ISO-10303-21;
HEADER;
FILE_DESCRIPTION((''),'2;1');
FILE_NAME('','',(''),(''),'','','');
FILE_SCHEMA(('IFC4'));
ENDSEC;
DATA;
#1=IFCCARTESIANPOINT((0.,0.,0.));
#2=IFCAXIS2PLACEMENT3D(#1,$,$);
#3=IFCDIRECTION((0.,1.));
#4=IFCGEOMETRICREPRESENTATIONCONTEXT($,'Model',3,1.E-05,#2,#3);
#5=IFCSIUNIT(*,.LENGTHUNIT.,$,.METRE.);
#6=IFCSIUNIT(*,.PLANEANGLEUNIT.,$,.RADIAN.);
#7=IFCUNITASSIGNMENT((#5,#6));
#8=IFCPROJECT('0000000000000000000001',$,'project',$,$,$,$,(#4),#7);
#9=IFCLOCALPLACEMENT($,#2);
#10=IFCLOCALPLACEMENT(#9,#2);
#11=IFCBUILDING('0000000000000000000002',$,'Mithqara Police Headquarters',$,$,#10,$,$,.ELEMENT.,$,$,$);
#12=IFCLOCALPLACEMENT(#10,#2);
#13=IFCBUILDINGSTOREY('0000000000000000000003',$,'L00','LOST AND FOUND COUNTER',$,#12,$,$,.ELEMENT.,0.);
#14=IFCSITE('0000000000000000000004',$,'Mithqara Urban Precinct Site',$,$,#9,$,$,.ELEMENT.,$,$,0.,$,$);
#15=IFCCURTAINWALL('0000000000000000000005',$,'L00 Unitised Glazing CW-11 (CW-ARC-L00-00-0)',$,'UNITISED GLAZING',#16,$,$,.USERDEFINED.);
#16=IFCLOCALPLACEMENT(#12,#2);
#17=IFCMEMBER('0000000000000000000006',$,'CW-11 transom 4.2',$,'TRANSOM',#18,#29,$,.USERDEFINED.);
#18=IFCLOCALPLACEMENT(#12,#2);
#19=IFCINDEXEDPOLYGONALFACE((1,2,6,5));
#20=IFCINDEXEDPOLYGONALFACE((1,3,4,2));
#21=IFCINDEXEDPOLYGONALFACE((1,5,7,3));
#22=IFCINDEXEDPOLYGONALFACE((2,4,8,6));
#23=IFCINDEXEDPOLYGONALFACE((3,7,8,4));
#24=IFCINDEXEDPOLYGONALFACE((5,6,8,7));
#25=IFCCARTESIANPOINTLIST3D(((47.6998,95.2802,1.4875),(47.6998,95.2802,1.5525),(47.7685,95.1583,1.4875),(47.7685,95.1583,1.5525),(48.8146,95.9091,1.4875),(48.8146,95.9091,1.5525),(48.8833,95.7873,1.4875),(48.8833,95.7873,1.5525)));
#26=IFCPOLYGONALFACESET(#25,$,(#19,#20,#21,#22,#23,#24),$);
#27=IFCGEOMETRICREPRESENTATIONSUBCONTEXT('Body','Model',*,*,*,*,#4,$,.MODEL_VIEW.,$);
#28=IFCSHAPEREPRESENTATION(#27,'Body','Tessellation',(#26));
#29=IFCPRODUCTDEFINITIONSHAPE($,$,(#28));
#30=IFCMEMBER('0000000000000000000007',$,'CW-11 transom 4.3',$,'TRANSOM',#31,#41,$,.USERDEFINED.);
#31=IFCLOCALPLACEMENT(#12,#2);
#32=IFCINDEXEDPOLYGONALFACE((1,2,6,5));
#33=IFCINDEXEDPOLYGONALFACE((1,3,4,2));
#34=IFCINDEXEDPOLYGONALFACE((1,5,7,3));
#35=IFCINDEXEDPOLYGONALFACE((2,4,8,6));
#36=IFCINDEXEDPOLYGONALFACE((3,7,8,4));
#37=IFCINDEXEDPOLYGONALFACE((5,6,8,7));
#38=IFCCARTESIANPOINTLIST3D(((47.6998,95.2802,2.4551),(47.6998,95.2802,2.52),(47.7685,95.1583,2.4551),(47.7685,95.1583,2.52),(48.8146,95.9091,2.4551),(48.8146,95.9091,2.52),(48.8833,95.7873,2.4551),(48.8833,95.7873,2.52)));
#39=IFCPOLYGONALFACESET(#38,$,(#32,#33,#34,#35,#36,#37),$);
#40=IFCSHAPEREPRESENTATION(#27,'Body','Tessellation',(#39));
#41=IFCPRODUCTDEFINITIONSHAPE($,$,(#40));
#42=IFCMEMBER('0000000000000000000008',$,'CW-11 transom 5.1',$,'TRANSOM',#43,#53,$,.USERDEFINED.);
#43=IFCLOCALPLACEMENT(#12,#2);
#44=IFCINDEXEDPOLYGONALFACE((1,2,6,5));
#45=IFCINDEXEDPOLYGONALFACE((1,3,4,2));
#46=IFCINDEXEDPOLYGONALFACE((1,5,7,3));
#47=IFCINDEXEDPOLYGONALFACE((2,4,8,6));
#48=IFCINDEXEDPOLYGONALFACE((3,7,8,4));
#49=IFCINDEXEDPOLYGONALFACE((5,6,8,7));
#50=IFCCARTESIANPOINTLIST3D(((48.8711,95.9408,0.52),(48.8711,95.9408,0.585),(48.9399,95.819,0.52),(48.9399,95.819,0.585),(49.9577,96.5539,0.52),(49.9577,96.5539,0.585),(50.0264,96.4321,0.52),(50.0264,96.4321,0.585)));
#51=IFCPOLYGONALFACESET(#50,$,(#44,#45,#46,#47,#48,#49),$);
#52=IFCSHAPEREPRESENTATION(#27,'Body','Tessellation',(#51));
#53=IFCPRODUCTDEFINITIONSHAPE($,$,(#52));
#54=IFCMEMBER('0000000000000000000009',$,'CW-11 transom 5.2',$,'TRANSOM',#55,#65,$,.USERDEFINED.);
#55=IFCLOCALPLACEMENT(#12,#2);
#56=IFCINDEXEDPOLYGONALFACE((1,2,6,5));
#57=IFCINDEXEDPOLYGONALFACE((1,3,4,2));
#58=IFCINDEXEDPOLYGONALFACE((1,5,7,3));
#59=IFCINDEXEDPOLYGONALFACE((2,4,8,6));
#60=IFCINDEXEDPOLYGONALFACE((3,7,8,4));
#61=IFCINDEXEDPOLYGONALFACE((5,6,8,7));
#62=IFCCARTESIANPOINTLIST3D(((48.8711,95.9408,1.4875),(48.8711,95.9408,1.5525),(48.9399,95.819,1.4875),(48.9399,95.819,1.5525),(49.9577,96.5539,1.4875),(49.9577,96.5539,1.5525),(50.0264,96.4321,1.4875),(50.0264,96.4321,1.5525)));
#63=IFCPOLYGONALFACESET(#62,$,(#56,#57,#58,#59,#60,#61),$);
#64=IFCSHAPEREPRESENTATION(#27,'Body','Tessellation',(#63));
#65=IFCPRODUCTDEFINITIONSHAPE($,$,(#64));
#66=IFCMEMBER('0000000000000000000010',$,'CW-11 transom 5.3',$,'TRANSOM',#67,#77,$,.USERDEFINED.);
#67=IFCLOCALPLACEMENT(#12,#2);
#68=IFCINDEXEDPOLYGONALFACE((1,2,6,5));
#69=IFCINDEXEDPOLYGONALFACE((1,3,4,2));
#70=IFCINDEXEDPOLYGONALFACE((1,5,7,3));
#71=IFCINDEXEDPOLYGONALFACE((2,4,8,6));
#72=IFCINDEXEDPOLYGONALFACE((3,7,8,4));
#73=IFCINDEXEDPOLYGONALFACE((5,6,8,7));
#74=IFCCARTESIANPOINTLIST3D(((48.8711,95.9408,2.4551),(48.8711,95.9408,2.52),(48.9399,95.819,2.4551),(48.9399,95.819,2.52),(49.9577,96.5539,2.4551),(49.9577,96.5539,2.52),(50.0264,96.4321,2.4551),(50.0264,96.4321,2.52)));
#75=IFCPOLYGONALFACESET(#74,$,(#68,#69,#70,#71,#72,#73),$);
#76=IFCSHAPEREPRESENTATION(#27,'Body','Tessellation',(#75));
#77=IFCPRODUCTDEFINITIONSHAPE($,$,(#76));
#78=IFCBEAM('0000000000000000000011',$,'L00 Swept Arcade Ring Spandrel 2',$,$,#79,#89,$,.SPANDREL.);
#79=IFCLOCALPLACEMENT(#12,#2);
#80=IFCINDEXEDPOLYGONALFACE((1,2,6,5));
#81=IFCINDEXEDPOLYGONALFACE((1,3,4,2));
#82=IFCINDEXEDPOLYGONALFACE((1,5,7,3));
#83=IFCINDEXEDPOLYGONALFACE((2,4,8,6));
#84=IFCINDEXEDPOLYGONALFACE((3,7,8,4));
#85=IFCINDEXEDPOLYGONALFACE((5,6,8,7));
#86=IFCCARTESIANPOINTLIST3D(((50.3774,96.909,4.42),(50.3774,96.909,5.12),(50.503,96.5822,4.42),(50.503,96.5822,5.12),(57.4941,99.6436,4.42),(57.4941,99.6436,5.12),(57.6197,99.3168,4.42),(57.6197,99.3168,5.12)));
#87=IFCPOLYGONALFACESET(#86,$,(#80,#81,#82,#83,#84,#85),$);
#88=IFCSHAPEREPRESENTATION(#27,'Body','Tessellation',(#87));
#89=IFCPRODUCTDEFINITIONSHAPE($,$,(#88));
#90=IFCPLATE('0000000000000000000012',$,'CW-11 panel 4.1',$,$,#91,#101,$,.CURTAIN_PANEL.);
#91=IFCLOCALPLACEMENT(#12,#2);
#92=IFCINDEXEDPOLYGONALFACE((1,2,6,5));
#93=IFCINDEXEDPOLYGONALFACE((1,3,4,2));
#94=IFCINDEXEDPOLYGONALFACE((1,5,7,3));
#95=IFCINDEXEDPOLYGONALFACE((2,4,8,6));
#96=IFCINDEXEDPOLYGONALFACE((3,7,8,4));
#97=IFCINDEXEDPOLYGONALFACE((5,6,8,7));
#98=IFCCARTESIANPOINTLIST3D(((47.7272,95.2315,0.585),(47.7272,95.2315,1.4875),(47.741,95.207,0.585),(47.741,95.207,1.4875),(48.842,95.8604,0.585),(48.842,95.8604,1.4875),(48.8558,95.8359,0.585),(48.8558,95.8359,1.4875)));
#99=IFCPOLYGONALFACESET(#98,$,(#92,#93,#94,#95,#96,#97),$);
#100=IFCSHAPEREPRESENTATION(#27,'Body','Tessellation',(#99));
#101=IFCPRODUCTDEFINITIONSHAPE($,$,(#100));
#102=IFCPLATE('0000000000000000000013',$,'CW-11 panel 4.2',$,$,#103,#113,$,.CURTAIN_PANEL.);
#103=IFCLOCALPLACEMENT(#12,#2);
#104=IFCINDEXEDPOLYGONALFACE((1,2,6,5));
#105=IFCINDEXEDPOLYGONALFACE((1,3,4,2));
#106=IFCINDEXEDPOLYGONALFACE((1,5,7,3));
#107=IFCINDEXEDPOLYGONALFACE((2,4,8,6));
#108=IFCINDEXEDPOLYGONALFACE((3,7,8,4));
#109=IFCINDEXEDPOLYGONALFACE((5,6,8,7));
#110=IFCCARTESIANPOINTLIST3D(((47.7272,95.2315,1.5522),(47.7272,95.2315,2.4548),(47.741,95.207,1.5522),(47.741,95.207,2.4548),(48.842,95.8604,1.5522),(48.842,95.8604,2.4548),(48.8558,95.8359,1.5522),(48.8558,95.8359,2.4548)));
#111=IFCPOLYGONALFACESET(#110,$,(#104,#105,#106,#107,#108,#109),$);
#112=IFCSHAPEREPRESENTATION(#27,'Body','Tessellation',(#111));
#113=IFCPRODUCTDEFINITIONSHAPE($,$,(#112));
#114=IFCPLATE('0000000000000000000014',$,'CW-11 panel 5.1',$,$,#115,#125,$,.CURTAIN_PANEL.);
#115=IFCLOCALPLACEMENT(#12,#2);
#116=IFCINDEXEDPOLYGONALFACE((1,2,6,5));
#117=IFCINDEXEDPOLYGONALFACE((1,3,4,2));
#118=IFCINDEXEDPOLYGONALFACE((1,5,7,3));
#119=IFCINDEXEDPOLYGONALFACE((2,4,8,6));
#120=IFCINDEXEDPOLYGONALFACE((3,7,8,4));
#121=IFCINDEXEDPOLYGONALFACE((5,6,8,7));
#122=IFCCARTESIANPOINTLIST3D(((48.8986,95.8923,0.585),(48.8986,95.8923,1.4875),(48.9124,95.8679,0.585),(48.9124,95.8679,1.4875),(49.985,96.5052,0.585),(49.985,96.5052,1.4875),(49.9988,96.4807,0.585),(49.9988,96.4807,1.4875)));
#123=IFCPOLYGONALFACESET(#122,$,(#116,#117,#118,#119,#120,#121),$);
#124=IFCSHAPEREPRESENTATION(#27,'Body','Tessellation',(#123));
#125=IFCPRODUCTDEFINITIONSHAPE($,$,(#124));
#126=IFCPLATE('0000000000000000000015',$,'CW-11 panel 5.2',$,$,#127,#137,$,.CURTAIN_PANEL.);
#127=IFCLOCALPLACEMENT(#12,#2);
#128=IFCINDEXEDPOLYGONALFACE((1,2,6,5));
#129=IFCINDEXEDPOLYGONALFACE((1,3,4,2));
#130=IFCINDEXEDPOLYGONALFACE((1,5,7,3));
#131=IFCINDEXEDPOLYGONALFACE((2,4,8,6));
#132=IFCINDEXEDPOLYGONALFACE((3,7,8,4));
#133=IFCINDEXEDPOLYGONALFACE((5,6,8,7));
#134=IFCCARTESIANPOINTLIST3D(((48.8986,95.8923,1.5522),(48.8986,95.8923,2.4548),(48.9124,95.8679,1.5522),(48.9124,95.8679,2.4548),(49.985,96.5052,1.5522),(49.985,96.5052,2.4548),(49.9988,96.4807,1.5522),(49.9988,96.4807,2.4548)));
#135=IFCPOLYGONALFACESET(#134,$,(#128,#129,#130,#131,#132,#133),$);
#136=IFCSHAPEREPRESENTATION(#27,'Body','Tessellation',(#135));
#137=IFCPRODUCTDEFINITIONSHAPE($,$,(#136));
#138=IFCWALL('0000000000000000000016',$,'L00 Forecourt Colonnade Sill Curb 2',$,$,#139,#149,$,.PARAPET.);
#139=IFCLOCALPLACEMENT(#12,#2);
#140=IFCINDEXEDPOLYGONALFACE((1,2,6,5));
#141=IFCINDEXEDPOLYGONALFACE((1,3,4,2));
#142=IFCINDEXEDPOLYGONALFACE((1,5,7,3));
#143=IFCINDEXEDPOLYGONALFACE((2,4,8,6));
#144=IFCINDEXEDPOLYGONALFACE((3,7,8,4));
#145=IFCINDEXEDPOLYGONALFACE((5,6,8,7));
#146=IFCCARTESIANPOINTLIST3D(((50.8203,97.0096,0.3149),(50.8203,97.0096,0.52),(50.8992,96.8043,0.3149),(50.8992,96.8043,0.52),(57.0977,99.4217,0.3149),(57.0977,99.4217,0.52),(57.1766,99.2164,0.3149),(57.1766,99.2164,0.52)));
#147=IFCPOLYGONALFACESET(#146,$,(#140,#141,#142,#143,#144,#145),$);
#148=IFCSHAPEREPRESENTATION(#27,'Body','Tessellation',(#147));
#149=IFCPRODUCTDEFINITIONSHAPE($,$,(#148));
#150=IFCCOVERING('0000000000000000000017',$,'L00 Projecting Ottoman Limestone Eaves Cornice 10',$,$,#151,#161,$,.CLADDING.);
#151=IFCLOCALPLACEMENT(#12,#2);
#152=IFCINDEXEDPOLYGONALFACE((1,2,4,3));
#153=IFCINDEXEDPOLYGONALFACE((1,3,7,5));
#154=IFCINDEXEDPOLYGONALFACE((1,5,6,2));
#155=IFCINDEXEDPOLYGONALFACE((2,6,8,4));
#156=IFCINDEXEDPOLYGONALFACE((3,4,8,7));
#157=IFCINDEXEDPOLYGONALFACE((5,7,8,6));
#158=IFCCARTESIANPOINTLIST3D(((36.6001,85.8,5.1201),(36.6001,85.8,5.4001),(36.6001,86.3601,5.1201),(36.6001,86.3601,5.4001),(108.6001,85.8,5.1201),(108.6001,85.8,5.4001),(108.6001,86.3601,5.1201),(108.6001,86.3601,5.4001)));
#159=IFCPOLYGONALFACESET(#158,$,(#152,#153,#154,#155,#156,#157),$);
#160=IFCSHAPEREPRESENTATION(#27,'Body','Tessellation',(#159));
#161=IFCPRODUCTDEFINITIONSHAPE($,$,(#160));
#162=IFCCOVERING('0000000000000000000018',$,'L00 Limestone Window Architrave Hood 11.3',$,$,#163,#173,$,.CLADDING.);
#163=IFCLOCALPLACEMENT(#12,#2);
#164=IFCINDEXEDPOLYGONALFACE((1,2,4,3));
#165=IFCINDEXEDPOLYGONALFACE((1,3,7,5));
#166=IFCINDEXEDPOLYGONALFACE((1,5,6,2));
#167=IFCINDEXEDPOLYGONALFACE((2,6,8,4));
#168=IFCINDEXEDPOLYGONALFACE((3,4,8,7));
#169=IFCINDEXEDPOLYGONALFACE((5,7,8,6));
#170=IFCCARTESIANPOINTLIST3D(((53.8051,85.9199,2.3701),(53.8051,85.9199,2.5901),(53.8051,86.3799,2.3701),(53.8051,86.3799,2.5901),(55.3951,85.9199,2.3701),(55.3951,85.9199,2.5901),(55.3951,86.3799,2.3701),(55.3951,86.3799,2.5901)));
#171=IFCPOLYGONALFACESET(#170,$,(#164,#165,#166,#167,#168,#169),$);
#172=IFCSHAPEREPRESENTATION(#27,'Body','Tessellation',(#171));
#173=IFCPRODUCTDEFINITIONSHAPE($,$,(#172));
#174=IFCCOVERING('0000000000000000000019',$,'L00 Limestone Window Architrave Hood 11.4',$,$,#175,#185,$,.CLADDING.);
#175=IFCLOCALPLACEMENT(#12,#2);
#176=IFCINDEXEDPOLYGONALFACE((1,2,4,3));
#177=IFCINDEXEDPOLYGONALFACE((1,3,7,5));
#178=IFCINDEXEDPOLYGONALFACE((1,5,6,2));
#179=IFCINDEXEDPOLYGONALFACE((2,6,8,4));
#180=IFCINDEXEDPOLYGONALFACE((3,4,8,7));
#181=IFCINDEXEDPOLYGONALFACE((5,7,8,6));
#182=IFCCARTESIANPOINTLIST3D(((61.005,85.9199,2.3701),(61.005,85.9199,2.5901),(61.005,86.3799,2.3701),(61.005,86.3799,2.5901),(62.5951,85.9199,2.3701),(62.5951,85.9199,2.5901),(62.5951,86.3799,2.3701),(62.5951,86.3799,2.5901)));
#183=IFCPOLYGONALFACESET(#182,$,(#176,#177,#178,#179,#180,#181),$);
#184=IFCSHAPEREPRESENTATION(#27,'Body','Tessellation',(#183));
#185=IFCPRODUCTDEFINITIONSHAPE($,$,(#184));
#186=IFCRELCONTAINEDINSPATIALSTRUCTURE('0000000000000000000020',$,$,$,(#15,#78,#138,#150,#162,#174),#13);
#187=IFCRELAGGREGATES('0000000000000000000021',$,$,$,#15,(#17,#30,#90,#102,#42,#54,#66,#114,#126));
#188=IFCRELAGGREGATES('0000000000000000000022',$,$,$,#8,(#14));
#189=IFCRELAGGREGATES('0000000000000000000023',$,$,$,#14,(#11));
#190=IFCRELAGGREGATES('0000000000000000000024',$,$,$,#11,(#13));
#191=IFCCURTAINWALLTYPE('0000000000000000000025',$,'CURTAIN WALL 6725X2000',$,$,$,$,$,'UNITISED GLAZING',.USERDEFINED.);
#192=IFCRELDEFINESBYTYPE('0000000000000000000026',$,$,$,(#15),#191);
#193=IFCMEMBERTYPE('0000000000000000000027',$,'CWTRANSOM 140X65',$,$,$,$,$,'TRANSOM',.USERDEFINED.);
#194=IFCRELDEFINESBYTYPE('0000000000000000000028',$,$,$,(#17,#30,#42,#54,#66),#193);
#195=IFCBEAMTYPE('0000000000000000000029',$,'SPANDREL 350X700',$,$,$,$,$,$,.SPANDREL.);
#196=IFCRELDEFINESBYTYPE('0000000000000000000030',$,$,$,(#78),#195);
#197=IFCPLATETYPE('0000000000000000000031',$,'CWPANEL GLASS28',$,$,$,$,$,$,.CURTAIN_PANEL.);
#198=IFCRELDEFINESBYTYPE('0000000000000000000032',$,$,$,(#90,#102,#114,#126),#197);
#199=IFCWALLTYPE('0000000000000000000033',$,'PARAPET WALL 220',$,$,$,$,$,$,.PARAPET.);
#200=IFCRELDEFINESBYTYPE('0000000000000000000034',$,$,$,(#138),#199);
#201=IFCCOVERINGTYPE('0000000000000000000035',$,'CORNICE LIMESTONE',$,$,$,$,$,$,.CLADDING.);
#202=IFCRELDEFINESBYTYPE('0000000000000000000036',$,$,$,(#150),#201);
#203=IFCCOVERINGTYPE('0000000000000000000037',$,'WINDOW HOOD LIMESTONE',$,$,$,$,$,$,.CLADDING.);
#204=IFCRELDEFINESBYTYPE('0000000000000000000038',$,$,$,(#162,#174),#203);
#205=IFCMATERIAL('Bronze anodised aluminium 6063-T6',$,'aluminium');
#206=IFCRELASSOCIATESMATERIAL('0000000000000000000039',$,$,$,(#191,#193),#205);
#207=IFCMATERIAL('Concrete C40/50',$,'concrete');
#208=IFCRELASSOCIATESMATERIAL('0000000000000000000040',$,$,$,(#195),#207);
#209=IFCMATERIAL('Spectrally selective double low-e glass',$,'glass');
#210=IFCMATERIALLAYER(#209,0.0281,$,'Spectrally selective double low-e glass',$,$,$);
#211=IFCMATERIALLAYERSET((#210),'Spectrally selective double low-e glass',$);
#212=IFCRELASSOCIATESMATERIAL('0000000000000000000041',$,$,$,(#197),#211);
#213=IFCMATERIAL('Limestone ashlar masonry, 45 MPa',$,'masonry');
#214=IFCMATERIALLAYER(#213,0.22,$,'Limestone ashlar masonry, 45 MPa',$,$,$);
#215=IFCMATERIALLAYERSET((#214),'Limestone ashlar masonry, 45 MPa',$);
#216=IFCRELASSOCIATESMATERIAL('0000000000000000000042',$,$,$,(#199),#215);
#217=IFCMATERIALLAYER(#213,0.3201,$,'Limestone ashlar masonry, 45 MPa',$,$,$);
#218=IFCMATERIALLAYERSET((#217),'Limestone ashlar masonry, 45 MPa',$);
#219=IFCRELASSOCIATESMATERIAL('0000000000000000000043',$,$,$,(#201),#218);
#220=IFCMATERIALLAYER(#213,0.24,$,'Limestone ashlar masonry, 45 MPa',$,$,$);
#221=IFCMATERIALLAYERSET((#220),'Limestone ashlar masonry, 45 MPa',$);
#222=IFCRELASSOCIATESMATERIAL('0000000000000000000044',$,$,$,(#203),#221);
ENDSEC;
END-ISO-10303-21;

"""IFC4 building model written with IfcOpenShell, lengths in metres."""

from ifc_helpers import new_model, si_unit, direction, frame, frame_2d, origin, origin_2d, place, context, subcontext, project, spatial, rectangle, extrude, material, layer, layer_set, material_profile, profile_set, type_object, element, aggregate, save


model = new_model("IFC4")

# Units and contexts
model_context = context("Model", 3, precision=1e-05, world=origin(), true_north=direction((0.0, 1.0)))
body_context = subcontext(model_context, "Body", "Model", "MODEL_VIEW")
ifc_project = project(units=[si_unit("LENGTHUNIT", "METRE"), si_unit("PLANEANGLEUNIT", "RADIAN")], contexts=[model_context])

# Site, building, storey
site_placement = place(None, origin())
site = spatial("IfcSite", under=ifc_project, at=site_placement, Name="Mithqara Urban Precinct Site", CompositionType="ELEMENT", RefElevation=0.0)
building_placement = place(site_placement, origin())
building = spatial("IfcBuilding", under=site, at=building_placement, Name="Mithqara Police Headquarters", CompositionType="ELEMENT")
storey_placement = place(building_placement, origin())
storey = spatial("IfcBuildingStorey", under=building, at=storey_placement, Name="L00", Description="LOST AND FOUND COUNTER", CompositionType="ELEMENT", Elevation=0.0)

# Shared definitions
ifc_material_1 = material(Name="Concrete C40/50", Category="concrete")

# Curtain wall
ifc_material_2 = material(Name="Bronze anodised aluminium 6063-T6", Category="aluminium")
curtain_wall_type = type_object("IfcCurtainWallType", Name="CURTAIN WALL 6725X2000", ElementType="UNITISED GLAZING", PredefinedType="USERDEFINED", material=ifc_material_2)
curtain_wall_1_placement = place(storey_placement, origin())
curtain_wall_1 = element("IfcCurtainWall", 1, at=curtain_wall_1_placement, inside=storey, type_object=curtain_wall_type, Name="L00 Unitised Glazing CW-11 (CW-ARC-L00-00-0)", ObjectType="UNITISED GLAZING", PredefinedType="USERDEFINED")

# Members
ifc_material_profile_1 = material_profile(ifc_material_2, rectangle(XDim=0.1399, YDim=0.0649, at=origin_2d()), Name="CWT 140x65")
ifc_profile_set_1 = profile_set([ifc_material_profile_1], Name="Bronze anodised aluminium 6063-T6")
member_type_1 = type_object("IfcMemberType", Name="CWTRANSOM 140X65", ElementType="TRANSOM", PredefinedType="USERDEFINED", material=ifc_profile_set_1)
member_1_placement = place(storey_placement, frame((47.7341, 95.2192, 1.52), z_axis=(0.870953, 0.491366, 0.0), x_axis=(-0.491366, 0.870953, 0.0)))
member_1 = element("IfcMember", 2, at=member_1_placement, type_object=member_type_1, Name="CW-11 transom 4.2", ObjectType="TRANSOM", PredefinedType="USERDEFINED", context=body_context, shape_type="SweptSolid", body=[
    extrude(rectangle(XDim=0.1399, YDim=0.0649, at=origin_2d()), origin(), (0.0, 0.0, 1.0), 1.28),
])
member_2_placement = place(storey_placement, frame((47.7341, 95.2192, 2.4875), z_axis=(0.870953, 0.491366, 0.0), x_axis=(-0.491366, 0.870953, 0.0)))
member_2 = element("IfcMember", 3, at=member_2_placement, type_object=member_type_1, Name="CW-11 transom 4.3", ObjectType="TRANSOM", PredefinedType="USERDEFINED", context=body_context, shape_type="SweptSolid", body=[
    extrude(rectangle(XDim=0.1399, YDim=0.0649, at=origin_2d()), origin(), (0.0, 0.0, 1.0), 1.28),
])
member_3_placement = place(storey_placement, frame((48.9055, 95.8799, 0.5525), z_axis=(0.870916, 0.491432, 0.0), x_axis=(-0.491432, 0.870916, 0.0)))
member_3 = element("IfcMember", 4, at=member_3_placement, type_object=member_type_1, Name="CW-11 transom 5.1", ObjectType="TRANSOM", PredefinedType="USERDEFINED", context=body_context, shape_type="SweptSolid", body=[
    extrude(rectangle(XDim=0.1399, YDim=0.0649, at=origin_2d()), origin(), (0.0, 0.0, 1.0), 1.2476),
])
member_4_placement = place(storey_placement, frame((48.9055, 95.8799, 1.52), z_axis=(0.870916, 0.491432, 0.0), x_axis=(-0.491432, 0.870916, 0.0)))
member_4 = element("IfcMember", 5, at=member_4_placement, type_object=member_type_1, Name="CW-11 transom 5.2", ObjectType="TRANSOM", PredefinedType="USERDEFINED", context=body_context, shape_type="SweptSolid", body=[
    extrude(rectangle(XDim=0.1399, YDim=0.0649, at=origin_2d()), origin(), (0.0, 0.0, 1.0), 1.2476),
])
member_5_placement = place(storey_placement, frame((48.9055, 95.8799, 2.4875), z_axis=(0.870916, 0.491432, 0.0), x_axis=(-0.491432, 0.870916, 0.0)))
member_5 = element("IfcMember", 6, at=member_5_placement, type_object=member_type_1, Name="CW-11 transom 5.3", ObjectType="TRANSOM", PredefinedType="USERDEFINED", context=body_context, shape_type="SweptSolid", body=[
    extrude(rectangle(XDim=0.1399, YDim=0.0649, at=origin_2d()), origin(), (0.0, 0.0, 1.0), 1.2476),
])

# Beam
ifc_material_profile_2 = material_profile(ifc_material_1, rectangle(XDim=0.3501, YDim=0.7, at=origin_2d()), Name="SPB 350x700")
ifc_profile_set_2 = profile_set([ifc_material_profile_2], Name="Concrete C40/50")
beam_type_1 = type_object("IfcBeamType", Name="SPANDREL 350X700", PredefinedType="SPANDREL", material=ifc_profile_set_2)
beam_1_placement = place(storey_placement, frame((50.4402, 96.7456, 4.77), z_axis=(0.933459, 0.358685, 0.0), x_axis=(-0.358685, 0.933459, 0.0)))
element("IfcBeam", 7, at=beam_1_placement, inside=storey, type_object=beam_type_1, Name="L00 Swept Arcade Ring Spandrel 2", PredefinedType="SPANDREL", context=body_context, shape_type="SweptSolid", body=[
    extrude(rectangle(XDim=0.3501, YDim=0.7, at=origin_2d()), origin(), (0.0, 0.0, 1.0), 7.624),
])

# Plates
ifc_material_3 = material(Name="Spectrally selective double low-e glass", Category="glass")
ifc_layer_1 = layer(ifc_material_3, 0.0281, Name="Spectrally selective double low-e glass")
ifc_layer_set_1 = layer_set([ifc_layer_1], Name="Spectrally selective double low-e glass")
plate_type = type_object("IfcPlateType", Name="CWPANEL GLASS28", PredefinedType="CURTAIN_PANEL", material=ifc_layer_set_1)
plate_1_placement = place(storey_placement, frame((48.2915, 95.5337, 0.585), z_axis=(0.0, 0.0, 1.0), x_axis=(0.870982, 0.491316, 0.0)))
plate_1 = element("IfcPlate", 8, at=plate_1_placement, type_object=plate_type, Name="CW-11 panel 4.1", PredefinedType="CURTAIN_PANEL", context=body_context, shape_type="SweptSolid", body=[
    extrude(rectangle(XDim=1.28, YDim=0.0281, at=origin_2d()), origin(), (0.0, 0.0, 1.0), 0.9026),
])
plate_2_placement = place(storey_placement, frame((48.2915, 95.5337, 1.5522), z_axis=(0.0, 0.0, 1.0), x_axis=(0.870982, 0.491316, 0.0)))
plate_2 = element("IfcPlate", 9, at=plate_2_placement, type_object=plate_type, Name="CW-11 panel 4.2", PredefinedType="CURTAIN_PANEL", context=body_context, shape_type="SweptSolid", body=[
    extrude(rectangle(XDim=1.28, YDim=0.0281, at=origin_2d()), origin(), (0.0, 0.0, 1.0), 0.9026),
])
plate_3_placement = place(storey_placement, frame((49.4487, 96.1865, 0.585), z_axis=(0.0, 0.0, 1.0), x_axis=(0.870982, 0.491316, 0.0)))
plate_3 = element("IfcPlate", 10, at=plate_3_placement, type_object=plate_type, Name="CW-11 panel 5.1", PredefinedType="CURTAIN_PANEL", context=body_context, shape_type="SweptSolid", body=[
    extrude(rectangle(XDim=1.2473, YDim=0.0281, at=origin_2d()), origin(), (0.0, 0.0, 1.0), 0.9026),
])
plate_4_placement = place(storey_placement, frame((49.4487, 96.1865, 1.5522), z_axis=(0.0, 0.0, 1.0), x_axis=(0.870982, 0.491316, 0.0)))
plate_4 = element("IfcPlate", 11, at=plate_4_placement, type_object=plate_type, Name="CW-11 panel 5.2", PredefinedType="CURTAIN_PANEL", context=body_context, shape_type="SweptSolid", body=[
    extrude(rectangle(XDim=1.2473, YDim=0.0281, at=origin_2d()), origin(), (0.0, 0.0, 1.0), 0.9026),
])
aggregate(curtain_wall_1, [member_1, member_2, plate_1, plate_2, member_3, member_4, member_5, plate_3, plate_4])

# Wall
ifc_material_4 = material(Name="Limestone ashlar masonry, 45 MPa", Category="masonry")
ifc_layer_2 = layer(ifc_material_4, 0.22, Name="Limestone ashlar masonry, 45 MPa")
ifc_layer_set_2 = layer_set([ifc_layer_2], Name="Limestone ashlar masonry, 45 MPa")
wall_type = type_object("IfcWallType", Name="PARAPET WALL 220", PredefinedType="PARAPET", material=ifc_layer_set_2)
wall_placement = place(storey_placement, frame((50.8599, 96.907, 0.3149), z_axis=(0.0, 0.0, 1.0), x_axis=(0.933458, 0.358687, 0.0)))
element("IfcWall", 12, at=wall_placement, inside=storey, type_object=wall_type, Name="L00 Forecourt Colonnade Sill Curb 2", PredefinedType="PARAPET", context=body_context, shape_type="SweptSolid", body=[
    extrude(rectangle(XDim=6.7249, YDim=0.22, at=frame_2d((3.3623, 0.0))), origin(), (0.0, 0.0, 1.0), 0.2051),
])

# Coverings
ifc_layer_3 = layer(ifc_material_4, 0.3201, Name="Limestone ashlar masonry, 45 MPa")
ifc_layer_set_3 = layer_set([ifc_layer_3], Name="Limestone ashlar masonry, 45 MPa")
covering_type_1 = type_object("IfcCoveringType", Name="CORNICE LIMESTONE", PredefinedType="CLADDING", material=ifc_layer_set_3)
covering_placement = place(storey_placement, frame((72.6001, 86.0801, 5.1201), z_axis=(0.0, 0.0, 1.0), x_axis=(1.0, 0.0, 0.0)))
element("IfcCovering", 13, at=covering_placement, inside=storey, type_object=covering_type_1, Name="L00 Projecting Ottoman Limestone Eaves Cornice 10", PredefinedType="CLADDING", context=body_context, shape_type="SweptSolid", body=[
    extrude(rectangle(XDim=72.0, YDim=0.5601, at=origin_2d()), origin(), (0.0, 0.0, 1.0), 0.28),
])
ifc_layer_4 = layer(ifc_material_4, 0.24, Name="Limestone ashlar masonry, 45 MPa")
ifc_layer_set_4 = layer_set([ifc_layer_4], Name="Limestone ashlar masonry, 45 MPa")
covering_type_2 = type_object("IfcCoveringType", Name="WINDOW HOOD LIMESTONE", PredefinedType="CLADDING", material=ifc_layer_set_4)
for number, where, z_axis, x_axis, name in (
    (14, (54.6001, 86.1499, 2.3701), (0.0, 0.0, 1.0), (1.0, 0.0, 0.0), "L00 Limestone Window Architrave Hood 11.3"),
    (15, (61.8, 86.1499, 2.3701), (0.0, 0.0, 1.0), (1.0, 0.0, 0.0), "L00 Limestone Window Architrave Hood 11.4"),
):
    element("IfcCovering", number, at=place(storey_placement, frame(where, z_axis=z_axis, x_axis=x_axis)), inside=storey, type_object=covering_type_2, Name=name, PredefinedType="CLADDING", context=body_context, shape_type="SweptSolid", body=[
        extrude(rectangle(XDim=1.5901, YDim=0.46, at=origin_2d()), origin(), (0.0, 0.0, 1.0), 0.22),
    ])

save(model, "model.ifc")
